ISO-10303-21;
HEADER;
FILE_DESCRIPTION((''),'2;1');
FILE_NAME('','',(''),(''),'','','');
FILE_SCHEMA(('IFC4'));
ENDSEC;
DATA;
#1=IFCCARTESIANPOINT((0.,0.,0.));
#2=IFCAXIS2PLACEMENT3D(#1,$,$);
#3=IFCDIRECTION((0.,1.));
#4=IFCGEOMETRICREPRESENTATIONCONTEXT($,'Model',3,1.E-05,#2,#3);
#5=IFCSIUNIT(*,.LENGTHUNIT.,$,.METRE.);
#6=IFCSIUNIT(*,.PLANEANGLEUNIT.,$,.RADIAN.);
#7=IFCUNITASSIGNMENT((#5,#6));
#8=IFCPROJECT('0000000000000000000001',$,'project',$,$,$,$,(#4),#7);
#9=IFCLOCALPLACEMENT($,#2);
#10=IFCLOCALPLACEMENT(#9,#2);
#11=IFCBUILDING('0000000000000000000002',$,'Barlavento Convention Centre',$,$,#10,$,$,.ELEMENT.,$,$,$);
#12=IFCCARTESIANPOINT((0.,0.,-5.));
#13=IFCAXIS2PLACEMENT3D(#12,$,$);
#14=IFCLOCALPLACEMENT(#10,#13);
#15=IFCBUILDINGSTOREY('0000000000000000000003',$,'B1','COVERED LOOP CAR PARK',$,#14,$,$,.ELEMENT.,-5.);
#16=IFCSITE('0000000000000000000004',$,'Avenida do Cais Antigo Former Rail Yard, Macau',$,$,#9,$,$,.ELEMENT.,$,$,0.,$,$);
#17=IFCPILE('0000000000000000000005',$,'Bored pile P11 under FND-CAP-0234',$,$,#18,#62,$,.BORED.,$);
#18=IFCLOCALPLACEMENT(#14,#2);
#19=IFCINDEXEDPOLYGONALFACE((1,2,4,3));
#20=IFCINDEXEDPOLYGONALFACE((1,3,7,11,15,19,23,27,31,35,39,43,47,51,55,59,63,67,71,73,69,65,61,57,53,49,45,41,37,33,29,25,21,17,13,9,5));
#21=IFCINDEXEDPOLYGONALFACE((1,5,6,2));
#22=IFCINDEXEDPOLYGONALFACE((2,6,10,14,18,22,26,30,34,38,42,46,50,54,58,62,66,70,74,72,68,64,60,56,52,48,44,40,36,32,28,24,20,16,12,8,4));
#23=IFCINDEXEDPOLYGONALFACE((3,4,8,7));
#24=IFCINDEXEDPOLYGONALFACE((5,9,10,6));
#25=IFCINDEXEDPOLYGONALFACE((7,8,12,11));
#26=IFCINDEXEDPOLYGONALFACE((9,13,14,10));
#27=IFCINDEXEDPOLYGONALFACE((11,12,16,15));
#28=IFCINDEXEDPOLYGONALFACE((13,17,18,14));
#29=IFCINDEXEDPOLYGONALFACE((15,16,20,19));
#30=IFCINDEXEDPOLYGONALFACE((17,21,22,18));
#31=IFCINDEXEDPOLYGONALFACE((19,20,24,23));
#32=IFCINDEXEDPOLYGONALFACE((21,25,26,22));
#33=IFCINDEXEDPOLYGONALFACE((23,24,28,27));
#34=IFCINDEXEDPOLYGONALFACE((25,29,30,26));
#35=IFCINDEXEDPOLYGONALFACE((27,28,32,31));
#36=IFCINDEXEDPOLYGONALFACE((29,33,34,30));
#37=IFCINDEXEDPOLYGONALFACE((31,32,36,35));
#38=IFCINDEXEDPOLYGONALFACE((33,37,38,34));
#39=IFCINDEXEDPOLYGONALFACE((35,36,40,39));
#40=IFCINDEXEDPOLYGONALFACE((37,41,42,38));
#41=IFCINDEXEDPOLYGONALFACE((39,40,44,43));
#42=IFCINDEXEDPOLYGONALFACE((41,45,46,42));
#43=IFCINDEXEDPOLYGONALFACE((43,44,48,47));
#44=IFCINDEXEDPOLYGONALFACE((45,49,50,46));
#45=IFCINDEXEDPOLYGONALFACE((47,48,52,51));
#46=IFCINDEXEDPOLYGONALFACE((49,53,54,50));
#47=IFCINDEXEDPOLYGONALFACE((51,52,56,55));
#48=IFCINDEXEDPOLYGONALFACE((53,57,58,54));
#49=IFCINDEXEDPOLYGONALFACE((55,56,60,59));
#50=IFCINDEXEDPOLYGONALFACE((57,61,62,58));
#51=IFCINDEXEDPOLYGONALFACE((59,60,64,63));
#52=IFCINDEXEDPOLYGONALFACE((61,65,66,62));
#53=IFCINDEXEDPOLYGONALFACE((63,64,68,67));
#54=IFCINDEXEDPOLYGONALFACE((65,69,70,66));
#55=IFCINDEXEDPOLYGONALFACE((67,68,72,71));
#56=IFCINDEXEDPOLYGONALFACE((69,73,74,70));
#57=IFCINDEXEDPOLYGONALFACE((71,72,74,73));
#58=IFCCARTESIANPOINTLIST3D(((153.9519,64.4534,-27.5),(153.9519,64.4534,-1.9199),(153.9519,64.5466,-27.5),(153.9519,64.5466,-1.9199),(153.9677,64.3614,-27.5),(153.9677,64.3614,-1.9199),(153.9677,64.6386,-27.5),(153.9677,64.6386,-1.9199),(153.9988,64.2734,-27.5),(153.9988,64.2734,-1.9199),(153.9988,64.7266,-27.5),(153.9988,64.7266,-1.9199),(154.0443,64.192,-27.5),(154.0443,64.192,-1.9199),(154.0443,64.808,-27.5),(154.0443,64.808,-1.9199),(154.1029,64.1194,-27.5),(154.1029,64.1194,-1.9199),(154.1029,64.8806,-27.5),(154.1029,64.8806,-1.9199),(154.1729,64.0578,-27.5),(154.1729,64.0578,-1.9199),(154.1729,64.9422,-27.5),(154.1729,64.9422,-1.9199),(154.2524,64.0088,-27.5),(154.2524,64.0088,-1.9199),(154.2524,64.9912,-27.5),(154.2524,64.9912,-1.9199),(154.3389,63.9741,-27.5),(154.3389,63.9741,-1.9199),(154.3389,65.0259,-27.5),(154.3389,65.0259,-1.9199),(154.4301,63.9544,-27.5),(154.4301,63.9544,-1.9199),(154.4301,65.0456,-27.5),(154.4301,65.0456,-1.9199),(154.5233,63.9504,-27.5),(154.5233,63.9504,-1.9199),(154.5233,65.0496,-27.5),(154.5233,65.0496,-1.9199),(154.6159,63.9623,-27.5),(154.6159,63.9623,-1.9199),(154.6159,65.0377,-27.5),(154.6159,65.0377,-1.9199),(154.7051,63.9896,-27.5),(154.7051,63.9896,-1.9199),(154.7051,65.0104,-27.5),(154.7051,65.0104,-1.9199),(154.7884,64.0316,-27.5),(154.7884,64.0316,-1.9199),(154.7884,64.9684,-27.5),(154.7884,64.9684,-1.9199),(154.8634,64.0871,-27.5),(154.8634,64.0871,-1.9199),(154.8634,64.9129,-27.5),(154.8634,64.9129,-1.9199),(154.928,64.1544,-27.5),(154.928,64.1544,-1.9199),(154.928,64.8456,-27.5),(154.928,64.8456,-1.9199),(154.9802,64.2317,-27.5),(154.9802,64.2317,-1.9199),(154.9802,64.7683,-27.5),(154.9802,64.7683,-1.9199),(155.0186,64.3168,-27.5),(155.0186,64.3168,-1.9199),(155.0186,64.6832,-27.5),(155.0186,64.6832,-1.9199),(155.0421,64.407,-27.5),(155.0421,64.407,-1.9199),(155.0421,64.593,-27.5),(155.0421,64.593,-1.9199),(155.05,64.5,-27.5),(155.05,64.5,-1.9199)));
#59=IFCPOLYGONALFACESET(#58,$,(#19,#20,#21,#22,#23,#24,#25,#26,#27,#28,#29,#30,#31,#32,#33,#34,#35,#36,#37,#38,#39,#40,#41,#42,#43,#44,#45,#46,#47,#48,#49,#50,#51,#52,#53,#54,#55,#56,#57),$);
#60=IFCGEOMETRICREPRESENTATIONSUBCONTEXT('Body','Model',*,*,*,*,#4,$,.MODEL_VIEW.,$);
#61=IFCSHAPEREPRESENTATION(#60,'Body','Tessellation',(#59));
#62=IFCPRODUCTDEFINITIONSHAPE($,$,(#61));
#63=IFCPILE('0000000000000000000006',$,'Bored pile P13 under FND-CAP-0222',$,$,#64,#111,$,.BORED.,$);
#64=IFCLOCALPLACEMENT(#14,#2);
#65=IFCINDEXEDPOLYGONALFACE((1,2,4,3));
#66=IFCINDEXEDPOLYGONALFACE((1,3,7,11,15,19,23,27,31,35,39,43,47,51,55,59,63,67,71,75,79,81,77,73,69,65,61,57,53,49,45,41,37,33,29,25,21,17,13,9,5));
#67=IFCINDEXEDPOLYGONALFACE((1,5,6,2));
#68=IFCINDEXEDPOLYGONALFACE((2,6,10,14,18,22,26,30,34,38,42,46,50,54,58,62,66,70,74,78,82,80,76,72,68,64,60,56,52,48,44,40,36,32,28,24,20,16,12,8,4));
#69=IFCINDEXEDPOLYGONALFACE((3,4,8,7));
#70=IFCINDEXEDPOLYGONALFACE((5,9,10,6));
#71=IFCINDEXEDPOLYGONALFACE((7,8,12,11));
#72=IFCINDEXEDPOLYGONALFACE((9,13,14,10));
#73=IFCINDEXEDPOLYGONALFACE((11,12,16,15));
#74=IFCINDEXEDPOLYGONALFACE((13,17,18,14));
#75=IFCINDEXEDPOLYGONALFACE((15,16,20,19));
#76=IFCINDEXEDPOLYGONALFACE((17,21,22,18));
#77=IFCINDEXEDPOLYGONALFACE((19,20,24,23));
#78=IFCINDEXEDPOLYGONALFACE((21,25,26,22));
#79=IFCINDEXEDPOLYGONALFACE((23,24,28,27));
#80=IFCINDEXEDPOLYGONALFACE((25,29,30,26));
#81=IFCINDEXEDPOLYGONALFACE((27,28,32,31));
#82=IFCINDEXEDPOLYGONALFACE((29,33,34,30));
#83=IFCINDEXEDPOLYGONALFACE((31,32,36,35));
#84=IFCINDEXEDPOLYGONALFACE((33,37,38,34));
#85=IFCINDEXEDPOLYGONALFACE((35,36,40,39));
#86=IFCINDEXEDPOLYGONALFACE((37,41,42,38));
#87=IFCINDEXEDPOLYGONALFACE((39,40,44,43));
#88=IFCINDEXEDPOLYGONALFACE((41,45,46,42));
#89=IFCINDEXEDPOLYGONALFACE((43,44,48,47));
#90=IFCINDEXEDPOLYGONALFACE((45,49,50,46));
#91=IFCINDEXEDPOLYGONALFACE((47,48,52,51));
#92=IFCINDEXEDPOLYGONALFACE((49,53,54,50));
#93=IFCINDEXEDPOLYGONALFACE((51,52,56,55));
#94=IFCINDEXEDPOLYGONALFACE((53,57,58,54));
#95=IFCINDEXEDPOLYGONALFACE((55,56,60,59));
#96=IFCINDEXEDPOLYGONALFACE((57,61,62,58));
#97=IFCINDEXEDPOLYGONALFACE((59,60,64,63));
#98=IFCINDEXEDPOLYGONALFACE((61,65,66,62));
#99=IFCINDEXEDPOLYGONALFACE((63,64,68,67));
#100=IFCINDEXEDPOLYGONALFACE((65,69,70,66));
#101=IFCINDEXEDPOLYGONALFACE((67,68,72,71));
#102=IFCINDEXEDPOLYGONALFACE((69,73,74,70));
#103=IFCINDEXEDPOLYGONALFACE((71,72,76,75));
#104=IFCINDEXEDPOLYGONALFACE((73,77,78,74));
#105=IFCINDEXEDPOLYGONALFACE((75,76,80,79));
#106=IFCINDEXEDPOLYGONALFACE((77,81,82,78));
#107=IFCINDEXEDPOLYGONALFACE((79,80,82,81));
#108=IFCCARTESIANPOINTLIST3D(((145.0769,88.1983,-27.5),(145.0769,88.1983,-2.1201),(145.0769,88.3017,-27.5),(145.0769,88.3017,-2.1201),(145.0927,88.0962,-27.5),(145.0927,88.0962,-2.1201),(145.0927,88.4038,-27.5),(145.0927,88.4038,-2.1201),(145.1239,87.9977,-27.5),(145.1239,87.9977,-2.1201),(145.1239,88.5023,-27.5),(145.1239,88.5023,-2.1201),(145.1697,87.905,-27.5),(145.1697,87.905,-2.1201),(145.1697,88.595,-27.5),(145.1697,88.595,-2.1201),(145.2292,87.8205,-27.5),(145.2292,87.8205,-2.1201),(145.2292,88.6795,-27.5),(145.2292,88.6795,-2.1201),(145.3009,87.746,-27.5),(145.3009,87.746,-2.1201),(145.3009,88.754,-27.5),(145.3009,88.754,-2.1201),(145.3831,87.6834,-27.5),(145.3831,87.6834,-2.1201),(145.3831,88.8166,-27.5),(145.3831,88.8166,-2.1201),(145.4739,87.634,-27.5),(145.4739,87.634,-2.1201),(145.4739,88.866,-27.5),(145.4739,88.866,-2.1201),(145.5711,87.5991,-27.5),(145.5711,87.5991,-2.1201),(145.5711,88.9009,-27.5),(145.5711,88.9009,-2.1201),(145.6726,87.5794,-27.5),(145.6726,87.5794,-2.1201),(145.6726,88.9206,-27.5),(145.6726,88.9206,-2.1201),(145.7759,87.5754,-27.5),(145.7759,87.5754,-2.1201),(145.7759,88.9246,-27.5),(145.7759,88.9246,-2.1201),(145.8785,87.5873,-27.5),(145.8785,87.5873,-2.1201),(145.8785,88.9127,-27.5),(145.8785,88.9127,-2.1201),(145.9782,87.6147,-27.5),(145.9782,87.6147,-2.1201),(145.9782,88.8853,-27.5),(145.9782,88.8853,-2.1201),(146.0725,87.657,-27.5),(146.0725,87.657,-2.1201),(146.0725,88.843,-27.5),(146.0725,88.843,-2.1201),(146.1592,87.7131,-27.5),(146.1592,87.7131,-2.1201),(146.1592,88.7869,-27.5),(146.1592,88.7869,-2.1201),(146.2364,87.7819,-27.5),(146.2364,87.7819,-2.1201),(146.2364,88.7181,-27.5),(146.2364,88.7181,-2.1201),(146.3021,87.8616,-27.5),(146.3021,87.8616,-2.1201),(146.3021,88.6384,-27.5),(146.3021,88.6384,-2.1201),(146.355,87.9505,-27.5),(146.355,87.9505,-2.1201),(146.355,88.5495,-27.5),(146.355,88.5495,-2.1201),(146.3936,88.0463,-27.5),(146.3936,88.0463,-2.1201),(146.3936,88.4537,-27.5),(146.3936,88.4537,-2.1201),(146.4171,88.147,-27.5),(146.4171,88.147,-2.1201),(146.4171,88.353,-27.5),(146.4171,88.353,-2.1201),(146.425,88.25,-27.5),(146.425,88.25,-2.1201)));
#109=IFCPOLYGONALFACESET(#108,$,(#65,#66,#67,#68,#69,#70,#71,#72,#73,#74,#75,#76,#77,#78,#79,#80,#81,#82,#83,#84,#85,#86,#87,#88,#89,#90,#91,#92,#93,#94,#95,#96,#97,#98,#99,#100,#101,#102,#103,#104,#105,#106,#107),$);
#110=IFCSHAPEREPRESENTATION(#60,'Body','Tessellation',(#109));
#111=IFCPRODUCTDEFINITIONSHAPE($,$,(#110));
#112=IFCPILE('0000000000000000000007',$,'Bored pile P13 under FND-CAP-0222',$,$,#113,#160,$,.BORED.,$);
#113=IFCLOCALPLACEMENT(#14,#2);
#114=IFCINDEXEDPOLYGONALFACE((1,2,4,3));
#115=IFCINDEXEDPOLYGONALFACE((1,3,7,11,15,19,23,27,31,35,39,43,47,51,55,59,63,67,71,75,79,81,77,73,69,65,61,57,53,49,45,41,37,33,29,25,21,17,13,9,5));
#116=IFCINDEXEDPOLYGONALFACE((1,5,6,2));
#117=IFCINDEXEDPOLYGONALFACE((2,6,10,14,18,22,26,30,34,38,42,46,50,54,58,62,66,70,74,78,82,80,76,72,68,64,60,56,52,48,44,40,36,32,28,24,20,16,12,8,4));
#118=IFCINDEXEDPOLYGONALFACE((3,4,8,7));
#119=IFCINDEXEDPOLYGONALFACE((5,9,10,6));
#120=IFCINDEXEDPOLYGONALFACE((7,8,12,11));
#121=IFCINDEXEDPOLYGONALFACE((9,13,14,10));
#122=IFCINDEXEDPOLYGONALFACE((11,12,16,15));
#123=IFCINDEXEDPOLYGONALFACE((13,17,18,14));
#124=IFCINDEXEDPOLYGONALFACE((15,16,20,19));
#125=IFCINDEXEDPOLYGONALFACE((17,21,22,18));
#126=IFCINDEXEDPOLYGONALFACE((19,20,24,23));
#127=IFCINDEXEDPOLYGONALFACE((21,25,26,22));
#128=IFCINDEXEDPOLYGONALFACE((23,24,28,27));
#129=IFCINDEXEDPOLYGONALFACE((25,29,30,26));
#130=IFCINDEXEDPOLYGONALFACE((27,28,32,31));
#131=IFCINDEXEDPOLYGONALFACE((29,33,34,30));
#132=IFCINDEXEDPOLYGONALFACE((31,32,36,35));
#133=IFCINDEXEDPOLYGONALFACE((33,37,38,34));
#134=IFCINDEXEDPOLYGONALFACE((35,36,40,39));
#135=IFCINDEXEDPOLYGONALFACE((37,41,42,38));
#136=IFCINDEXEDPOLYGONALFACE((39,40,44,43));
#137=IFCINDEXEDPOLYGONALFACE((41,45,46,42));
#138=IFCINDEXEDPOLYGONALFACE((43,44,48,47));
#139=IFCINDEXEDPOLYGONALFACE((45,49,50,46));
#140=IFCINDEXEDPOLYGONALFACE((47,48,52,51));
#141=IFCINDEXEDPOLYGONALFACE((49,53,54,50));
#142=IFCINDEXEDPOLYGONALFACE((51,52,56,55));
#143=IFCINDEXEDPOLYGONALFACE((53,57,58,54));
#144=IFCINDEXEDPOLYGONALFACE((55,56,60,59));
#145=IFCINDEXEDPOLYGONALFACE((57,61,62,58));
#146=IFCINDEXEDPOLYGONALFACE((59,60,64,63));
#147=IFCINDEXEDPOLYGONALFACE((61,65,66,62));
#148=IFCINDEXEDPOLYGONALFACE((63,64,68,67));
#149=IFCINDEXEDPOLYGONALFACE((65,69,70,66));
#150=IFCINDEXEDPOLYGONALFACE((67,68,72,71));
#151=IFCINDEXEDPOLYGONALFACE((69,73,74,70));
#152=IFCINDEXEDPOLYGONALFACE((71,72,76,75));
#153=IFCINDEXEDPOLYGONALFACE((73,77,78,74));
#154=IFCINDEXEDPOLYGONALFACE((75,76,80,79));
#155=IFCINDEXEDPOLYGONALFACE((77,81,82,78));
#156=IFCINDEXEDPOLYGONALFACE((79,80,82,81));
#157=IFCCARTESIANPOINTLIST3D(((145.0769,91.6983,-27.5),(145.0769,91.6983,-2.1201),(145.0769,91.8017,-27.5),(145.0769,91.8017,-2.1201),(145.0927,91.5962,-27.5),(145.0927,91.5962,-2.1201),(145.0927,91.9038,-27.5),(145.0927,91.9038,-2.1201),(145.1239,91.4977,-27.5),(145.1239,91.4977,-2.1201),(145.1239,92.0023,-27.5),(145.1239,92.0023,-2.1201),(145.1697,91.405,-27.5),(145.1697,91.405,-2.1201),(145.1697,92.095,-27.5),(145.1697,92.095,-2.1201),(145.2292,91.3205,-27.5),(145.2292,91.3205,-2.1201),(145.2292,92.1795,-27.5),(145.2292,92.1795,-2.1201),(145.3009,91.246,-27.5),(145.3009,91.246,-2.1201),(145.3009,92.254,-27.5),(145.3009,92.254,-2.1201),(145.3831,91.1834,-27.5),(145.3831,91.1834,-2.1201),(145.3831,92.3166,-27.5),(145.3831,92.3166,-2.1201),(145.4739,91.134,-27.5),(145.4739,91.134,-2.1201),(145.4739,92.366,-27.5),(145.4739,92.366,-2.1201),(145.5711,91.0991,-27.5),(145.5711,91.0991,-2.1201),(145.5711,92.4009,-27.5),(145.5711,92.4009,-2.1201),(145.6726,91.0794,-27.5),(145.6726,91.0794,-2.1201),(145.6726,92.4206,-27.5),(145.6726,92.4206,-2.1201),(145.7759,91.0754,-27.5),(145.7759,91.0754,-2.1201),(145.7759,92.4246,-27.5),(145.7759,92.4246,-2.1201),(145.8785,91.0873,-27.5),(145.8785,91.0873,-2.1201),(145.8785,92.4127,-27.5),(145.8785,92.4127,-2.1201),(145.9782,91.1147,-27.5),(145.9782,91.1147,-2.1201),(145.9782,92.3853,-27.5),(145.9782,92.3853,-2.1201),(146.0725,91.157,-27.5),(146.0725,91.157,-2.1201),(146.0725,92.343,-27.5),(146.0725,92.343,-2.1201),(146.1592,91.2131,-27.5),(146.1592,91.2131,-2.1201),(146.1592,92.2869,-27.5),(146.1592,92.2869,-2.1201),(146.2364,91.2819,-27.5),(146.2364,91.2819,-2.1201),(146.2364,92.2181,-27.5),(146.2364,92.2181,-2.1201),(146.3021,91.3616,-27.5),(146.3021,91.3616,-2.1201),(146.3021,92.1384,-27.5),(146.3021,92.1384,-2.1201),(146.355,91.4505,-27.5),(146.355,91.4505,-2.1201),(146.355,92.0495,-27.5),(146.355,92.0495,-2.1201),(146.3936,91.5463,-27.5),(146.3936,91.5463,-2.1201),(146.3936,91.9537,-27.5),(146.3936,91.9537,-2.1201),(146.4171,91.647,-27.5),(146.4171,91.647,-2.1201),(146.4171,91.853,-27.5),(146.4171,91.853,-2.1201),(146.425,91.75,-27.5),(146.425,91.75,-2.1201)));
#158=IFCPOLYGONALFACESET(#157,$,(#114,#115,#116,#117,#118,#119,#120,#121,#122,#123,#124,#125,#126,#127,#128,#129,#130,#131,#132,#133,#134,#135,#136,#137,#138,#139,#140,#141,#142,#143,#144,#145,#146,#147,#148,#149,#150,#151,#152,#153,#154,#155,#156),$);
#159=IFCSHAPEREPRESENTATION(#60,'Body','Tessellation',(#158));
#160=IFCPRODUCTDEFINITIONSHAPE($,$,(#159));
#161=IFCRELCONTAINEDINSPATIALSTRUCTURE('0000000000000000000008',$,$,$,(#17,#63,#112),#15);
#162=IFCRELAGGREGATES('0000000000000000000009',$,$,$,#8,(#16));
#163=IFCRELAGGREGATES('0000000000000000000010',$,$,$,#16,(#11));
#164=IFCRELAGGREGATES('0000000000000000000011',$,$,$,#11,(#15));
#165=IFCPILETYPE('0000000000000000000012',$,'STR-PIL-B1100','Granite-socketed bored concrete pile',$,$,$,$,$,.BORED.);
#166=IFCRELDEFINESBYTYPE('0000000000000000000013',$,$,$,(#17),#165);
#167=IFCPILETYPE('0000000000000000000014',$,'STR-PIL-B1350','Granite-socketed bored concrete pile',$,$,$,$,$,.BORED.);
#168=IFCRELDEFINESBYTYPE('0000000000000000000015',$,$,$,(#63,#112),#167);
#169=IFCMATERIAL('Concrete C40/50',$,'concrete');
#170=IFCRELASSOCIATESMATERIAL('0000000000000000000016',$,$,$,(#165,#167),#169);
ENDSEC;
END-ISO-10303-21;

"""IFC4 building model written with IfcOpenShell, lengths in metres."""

from ifc_helpers import new_model, si_unit, direction, frame, origin, origin_2d, place, context, subcontext, project, spatial, circle, extrude, material, material_profile, profile_set, type_object, element, save


model = new_model("IFC4")

# Units and contexts
model_context = context("Model", 3, precision=1e-05, world=origin(), true_north=direction((0.0, 1.0)))
body_context = subcontext(model_context, "Body", "Model", "MODEL_VIEW")
ifc_project = project(units=[si_unit("LENGTHUNIT", "METRE"), si_unit("PLANEANGLEUNIT", "RADIAN")], contexts=[model_context])

# Site, building, storey
site_placement = place(None, origin())
site = spatial("IfcSite", under=ifc_project, at=site_placement, Name="Avenida do Cais Antigo Former Rail Yard, Macau", CompositionType="ELEMENT", RefElevation=0.0)
building_placement = place(site_placement, origin())
building = spatial("IfcBuilding", under=site, at=building_placement, Name="Barlavento Convention Centre", CompositionType="ELEMENT")
storey_placement = place(building_placement, frame((0.0, 0.0, -5.0)))
storey = spatial("IfcBuildingStorey", under=building, at=storey_placement, Name="B1", Description="COVERED LOOP CAR PARK", CompositionType="ELEMENT", Elevation=-5.0)

# Shared definitions
ifc_material_1 = material(Name="Concrete C40/50", Category="concrete")

# Piles
ifc_material_profile_1 = material_profile(ifc_material_1, circle(Radius=0.55, at=origin_2d()), Name="BORED PILE 1100")
ifc_profile_set_1 = profile_set([ifc_material_profile_1], Name="Concrete C40/50")
pile_type_1 = type_object("IfcPileType", Name="STR-PIL-B1100", Description="Granite-socketed bored concrete pile", PredefinedType="BORED", material=ifc_profile_set_1)
for number, where, z_axis, x_axis, name in (
    (1, (154.5, 64.5, -1.9199), (0.0, 0.0, -1.0), (1.0, 0.0, 0.0), "Bored pile P11 under FND-CAP-0234"),
):
    element("IfcPile", number, at=place(storey_placement, frame(where, z_axis=z_axis, x_axis=x_axis)), inside=storey, type_object=pile_type_1, Name=name, PredefinedType="BORED", context=body_context, shape_type="SweptSolid", body=[
        extrude(circle(Radius=0.55, at=origin_2d()), origin(), (0.0, 0.0, 1.0), 25.5801),
    ])
ifc_material_profile_2 = material_profile(ifc_material_1, circle(Radius=0.675, at=origin_2d()), Name="BORED PILE 1350")
ifc_profile_set_2 = profile_set([ifc_material_profile_2], Name="Concrete C40/50")
pile_type_2 = type_object("IfcPileType", Name="STR-PIL-B1350", Description="Granite-socketed bored concrete pile", PredefinedType="BORED", material=ifc_profile_set_2)
for number, where, z_axis, x_axis, name in (
    (2, (145.75, 88.25, -2.1201), (0.0, 0.0, -1.0), (1.0, 0.0, 0.0), "Bored pile P13 under FND-CAP-0222"),
    (3, (145.75, 91.75, -2.1201), (0.0, 0.0, -1.0), (1.0, 0.0, 0.0), "Bored pile P13 under FND-CAP-0222"),
):
    element("IfcPile", number, at=place(storey_placement, frame(where, z_axis=z_axis, x_axis=x_axis)), inside=storey, type_object=pile_type_2, Name=name, PredefinedType="BORED", context=body_context, shape_type="SweptSolid", body=[
        extrude(circle(Radius=0.675, at=origin_2d()), origin(), (0.0, 0.0, 1.0), 25.3799),
    ])

save(model, "model.ifc")
